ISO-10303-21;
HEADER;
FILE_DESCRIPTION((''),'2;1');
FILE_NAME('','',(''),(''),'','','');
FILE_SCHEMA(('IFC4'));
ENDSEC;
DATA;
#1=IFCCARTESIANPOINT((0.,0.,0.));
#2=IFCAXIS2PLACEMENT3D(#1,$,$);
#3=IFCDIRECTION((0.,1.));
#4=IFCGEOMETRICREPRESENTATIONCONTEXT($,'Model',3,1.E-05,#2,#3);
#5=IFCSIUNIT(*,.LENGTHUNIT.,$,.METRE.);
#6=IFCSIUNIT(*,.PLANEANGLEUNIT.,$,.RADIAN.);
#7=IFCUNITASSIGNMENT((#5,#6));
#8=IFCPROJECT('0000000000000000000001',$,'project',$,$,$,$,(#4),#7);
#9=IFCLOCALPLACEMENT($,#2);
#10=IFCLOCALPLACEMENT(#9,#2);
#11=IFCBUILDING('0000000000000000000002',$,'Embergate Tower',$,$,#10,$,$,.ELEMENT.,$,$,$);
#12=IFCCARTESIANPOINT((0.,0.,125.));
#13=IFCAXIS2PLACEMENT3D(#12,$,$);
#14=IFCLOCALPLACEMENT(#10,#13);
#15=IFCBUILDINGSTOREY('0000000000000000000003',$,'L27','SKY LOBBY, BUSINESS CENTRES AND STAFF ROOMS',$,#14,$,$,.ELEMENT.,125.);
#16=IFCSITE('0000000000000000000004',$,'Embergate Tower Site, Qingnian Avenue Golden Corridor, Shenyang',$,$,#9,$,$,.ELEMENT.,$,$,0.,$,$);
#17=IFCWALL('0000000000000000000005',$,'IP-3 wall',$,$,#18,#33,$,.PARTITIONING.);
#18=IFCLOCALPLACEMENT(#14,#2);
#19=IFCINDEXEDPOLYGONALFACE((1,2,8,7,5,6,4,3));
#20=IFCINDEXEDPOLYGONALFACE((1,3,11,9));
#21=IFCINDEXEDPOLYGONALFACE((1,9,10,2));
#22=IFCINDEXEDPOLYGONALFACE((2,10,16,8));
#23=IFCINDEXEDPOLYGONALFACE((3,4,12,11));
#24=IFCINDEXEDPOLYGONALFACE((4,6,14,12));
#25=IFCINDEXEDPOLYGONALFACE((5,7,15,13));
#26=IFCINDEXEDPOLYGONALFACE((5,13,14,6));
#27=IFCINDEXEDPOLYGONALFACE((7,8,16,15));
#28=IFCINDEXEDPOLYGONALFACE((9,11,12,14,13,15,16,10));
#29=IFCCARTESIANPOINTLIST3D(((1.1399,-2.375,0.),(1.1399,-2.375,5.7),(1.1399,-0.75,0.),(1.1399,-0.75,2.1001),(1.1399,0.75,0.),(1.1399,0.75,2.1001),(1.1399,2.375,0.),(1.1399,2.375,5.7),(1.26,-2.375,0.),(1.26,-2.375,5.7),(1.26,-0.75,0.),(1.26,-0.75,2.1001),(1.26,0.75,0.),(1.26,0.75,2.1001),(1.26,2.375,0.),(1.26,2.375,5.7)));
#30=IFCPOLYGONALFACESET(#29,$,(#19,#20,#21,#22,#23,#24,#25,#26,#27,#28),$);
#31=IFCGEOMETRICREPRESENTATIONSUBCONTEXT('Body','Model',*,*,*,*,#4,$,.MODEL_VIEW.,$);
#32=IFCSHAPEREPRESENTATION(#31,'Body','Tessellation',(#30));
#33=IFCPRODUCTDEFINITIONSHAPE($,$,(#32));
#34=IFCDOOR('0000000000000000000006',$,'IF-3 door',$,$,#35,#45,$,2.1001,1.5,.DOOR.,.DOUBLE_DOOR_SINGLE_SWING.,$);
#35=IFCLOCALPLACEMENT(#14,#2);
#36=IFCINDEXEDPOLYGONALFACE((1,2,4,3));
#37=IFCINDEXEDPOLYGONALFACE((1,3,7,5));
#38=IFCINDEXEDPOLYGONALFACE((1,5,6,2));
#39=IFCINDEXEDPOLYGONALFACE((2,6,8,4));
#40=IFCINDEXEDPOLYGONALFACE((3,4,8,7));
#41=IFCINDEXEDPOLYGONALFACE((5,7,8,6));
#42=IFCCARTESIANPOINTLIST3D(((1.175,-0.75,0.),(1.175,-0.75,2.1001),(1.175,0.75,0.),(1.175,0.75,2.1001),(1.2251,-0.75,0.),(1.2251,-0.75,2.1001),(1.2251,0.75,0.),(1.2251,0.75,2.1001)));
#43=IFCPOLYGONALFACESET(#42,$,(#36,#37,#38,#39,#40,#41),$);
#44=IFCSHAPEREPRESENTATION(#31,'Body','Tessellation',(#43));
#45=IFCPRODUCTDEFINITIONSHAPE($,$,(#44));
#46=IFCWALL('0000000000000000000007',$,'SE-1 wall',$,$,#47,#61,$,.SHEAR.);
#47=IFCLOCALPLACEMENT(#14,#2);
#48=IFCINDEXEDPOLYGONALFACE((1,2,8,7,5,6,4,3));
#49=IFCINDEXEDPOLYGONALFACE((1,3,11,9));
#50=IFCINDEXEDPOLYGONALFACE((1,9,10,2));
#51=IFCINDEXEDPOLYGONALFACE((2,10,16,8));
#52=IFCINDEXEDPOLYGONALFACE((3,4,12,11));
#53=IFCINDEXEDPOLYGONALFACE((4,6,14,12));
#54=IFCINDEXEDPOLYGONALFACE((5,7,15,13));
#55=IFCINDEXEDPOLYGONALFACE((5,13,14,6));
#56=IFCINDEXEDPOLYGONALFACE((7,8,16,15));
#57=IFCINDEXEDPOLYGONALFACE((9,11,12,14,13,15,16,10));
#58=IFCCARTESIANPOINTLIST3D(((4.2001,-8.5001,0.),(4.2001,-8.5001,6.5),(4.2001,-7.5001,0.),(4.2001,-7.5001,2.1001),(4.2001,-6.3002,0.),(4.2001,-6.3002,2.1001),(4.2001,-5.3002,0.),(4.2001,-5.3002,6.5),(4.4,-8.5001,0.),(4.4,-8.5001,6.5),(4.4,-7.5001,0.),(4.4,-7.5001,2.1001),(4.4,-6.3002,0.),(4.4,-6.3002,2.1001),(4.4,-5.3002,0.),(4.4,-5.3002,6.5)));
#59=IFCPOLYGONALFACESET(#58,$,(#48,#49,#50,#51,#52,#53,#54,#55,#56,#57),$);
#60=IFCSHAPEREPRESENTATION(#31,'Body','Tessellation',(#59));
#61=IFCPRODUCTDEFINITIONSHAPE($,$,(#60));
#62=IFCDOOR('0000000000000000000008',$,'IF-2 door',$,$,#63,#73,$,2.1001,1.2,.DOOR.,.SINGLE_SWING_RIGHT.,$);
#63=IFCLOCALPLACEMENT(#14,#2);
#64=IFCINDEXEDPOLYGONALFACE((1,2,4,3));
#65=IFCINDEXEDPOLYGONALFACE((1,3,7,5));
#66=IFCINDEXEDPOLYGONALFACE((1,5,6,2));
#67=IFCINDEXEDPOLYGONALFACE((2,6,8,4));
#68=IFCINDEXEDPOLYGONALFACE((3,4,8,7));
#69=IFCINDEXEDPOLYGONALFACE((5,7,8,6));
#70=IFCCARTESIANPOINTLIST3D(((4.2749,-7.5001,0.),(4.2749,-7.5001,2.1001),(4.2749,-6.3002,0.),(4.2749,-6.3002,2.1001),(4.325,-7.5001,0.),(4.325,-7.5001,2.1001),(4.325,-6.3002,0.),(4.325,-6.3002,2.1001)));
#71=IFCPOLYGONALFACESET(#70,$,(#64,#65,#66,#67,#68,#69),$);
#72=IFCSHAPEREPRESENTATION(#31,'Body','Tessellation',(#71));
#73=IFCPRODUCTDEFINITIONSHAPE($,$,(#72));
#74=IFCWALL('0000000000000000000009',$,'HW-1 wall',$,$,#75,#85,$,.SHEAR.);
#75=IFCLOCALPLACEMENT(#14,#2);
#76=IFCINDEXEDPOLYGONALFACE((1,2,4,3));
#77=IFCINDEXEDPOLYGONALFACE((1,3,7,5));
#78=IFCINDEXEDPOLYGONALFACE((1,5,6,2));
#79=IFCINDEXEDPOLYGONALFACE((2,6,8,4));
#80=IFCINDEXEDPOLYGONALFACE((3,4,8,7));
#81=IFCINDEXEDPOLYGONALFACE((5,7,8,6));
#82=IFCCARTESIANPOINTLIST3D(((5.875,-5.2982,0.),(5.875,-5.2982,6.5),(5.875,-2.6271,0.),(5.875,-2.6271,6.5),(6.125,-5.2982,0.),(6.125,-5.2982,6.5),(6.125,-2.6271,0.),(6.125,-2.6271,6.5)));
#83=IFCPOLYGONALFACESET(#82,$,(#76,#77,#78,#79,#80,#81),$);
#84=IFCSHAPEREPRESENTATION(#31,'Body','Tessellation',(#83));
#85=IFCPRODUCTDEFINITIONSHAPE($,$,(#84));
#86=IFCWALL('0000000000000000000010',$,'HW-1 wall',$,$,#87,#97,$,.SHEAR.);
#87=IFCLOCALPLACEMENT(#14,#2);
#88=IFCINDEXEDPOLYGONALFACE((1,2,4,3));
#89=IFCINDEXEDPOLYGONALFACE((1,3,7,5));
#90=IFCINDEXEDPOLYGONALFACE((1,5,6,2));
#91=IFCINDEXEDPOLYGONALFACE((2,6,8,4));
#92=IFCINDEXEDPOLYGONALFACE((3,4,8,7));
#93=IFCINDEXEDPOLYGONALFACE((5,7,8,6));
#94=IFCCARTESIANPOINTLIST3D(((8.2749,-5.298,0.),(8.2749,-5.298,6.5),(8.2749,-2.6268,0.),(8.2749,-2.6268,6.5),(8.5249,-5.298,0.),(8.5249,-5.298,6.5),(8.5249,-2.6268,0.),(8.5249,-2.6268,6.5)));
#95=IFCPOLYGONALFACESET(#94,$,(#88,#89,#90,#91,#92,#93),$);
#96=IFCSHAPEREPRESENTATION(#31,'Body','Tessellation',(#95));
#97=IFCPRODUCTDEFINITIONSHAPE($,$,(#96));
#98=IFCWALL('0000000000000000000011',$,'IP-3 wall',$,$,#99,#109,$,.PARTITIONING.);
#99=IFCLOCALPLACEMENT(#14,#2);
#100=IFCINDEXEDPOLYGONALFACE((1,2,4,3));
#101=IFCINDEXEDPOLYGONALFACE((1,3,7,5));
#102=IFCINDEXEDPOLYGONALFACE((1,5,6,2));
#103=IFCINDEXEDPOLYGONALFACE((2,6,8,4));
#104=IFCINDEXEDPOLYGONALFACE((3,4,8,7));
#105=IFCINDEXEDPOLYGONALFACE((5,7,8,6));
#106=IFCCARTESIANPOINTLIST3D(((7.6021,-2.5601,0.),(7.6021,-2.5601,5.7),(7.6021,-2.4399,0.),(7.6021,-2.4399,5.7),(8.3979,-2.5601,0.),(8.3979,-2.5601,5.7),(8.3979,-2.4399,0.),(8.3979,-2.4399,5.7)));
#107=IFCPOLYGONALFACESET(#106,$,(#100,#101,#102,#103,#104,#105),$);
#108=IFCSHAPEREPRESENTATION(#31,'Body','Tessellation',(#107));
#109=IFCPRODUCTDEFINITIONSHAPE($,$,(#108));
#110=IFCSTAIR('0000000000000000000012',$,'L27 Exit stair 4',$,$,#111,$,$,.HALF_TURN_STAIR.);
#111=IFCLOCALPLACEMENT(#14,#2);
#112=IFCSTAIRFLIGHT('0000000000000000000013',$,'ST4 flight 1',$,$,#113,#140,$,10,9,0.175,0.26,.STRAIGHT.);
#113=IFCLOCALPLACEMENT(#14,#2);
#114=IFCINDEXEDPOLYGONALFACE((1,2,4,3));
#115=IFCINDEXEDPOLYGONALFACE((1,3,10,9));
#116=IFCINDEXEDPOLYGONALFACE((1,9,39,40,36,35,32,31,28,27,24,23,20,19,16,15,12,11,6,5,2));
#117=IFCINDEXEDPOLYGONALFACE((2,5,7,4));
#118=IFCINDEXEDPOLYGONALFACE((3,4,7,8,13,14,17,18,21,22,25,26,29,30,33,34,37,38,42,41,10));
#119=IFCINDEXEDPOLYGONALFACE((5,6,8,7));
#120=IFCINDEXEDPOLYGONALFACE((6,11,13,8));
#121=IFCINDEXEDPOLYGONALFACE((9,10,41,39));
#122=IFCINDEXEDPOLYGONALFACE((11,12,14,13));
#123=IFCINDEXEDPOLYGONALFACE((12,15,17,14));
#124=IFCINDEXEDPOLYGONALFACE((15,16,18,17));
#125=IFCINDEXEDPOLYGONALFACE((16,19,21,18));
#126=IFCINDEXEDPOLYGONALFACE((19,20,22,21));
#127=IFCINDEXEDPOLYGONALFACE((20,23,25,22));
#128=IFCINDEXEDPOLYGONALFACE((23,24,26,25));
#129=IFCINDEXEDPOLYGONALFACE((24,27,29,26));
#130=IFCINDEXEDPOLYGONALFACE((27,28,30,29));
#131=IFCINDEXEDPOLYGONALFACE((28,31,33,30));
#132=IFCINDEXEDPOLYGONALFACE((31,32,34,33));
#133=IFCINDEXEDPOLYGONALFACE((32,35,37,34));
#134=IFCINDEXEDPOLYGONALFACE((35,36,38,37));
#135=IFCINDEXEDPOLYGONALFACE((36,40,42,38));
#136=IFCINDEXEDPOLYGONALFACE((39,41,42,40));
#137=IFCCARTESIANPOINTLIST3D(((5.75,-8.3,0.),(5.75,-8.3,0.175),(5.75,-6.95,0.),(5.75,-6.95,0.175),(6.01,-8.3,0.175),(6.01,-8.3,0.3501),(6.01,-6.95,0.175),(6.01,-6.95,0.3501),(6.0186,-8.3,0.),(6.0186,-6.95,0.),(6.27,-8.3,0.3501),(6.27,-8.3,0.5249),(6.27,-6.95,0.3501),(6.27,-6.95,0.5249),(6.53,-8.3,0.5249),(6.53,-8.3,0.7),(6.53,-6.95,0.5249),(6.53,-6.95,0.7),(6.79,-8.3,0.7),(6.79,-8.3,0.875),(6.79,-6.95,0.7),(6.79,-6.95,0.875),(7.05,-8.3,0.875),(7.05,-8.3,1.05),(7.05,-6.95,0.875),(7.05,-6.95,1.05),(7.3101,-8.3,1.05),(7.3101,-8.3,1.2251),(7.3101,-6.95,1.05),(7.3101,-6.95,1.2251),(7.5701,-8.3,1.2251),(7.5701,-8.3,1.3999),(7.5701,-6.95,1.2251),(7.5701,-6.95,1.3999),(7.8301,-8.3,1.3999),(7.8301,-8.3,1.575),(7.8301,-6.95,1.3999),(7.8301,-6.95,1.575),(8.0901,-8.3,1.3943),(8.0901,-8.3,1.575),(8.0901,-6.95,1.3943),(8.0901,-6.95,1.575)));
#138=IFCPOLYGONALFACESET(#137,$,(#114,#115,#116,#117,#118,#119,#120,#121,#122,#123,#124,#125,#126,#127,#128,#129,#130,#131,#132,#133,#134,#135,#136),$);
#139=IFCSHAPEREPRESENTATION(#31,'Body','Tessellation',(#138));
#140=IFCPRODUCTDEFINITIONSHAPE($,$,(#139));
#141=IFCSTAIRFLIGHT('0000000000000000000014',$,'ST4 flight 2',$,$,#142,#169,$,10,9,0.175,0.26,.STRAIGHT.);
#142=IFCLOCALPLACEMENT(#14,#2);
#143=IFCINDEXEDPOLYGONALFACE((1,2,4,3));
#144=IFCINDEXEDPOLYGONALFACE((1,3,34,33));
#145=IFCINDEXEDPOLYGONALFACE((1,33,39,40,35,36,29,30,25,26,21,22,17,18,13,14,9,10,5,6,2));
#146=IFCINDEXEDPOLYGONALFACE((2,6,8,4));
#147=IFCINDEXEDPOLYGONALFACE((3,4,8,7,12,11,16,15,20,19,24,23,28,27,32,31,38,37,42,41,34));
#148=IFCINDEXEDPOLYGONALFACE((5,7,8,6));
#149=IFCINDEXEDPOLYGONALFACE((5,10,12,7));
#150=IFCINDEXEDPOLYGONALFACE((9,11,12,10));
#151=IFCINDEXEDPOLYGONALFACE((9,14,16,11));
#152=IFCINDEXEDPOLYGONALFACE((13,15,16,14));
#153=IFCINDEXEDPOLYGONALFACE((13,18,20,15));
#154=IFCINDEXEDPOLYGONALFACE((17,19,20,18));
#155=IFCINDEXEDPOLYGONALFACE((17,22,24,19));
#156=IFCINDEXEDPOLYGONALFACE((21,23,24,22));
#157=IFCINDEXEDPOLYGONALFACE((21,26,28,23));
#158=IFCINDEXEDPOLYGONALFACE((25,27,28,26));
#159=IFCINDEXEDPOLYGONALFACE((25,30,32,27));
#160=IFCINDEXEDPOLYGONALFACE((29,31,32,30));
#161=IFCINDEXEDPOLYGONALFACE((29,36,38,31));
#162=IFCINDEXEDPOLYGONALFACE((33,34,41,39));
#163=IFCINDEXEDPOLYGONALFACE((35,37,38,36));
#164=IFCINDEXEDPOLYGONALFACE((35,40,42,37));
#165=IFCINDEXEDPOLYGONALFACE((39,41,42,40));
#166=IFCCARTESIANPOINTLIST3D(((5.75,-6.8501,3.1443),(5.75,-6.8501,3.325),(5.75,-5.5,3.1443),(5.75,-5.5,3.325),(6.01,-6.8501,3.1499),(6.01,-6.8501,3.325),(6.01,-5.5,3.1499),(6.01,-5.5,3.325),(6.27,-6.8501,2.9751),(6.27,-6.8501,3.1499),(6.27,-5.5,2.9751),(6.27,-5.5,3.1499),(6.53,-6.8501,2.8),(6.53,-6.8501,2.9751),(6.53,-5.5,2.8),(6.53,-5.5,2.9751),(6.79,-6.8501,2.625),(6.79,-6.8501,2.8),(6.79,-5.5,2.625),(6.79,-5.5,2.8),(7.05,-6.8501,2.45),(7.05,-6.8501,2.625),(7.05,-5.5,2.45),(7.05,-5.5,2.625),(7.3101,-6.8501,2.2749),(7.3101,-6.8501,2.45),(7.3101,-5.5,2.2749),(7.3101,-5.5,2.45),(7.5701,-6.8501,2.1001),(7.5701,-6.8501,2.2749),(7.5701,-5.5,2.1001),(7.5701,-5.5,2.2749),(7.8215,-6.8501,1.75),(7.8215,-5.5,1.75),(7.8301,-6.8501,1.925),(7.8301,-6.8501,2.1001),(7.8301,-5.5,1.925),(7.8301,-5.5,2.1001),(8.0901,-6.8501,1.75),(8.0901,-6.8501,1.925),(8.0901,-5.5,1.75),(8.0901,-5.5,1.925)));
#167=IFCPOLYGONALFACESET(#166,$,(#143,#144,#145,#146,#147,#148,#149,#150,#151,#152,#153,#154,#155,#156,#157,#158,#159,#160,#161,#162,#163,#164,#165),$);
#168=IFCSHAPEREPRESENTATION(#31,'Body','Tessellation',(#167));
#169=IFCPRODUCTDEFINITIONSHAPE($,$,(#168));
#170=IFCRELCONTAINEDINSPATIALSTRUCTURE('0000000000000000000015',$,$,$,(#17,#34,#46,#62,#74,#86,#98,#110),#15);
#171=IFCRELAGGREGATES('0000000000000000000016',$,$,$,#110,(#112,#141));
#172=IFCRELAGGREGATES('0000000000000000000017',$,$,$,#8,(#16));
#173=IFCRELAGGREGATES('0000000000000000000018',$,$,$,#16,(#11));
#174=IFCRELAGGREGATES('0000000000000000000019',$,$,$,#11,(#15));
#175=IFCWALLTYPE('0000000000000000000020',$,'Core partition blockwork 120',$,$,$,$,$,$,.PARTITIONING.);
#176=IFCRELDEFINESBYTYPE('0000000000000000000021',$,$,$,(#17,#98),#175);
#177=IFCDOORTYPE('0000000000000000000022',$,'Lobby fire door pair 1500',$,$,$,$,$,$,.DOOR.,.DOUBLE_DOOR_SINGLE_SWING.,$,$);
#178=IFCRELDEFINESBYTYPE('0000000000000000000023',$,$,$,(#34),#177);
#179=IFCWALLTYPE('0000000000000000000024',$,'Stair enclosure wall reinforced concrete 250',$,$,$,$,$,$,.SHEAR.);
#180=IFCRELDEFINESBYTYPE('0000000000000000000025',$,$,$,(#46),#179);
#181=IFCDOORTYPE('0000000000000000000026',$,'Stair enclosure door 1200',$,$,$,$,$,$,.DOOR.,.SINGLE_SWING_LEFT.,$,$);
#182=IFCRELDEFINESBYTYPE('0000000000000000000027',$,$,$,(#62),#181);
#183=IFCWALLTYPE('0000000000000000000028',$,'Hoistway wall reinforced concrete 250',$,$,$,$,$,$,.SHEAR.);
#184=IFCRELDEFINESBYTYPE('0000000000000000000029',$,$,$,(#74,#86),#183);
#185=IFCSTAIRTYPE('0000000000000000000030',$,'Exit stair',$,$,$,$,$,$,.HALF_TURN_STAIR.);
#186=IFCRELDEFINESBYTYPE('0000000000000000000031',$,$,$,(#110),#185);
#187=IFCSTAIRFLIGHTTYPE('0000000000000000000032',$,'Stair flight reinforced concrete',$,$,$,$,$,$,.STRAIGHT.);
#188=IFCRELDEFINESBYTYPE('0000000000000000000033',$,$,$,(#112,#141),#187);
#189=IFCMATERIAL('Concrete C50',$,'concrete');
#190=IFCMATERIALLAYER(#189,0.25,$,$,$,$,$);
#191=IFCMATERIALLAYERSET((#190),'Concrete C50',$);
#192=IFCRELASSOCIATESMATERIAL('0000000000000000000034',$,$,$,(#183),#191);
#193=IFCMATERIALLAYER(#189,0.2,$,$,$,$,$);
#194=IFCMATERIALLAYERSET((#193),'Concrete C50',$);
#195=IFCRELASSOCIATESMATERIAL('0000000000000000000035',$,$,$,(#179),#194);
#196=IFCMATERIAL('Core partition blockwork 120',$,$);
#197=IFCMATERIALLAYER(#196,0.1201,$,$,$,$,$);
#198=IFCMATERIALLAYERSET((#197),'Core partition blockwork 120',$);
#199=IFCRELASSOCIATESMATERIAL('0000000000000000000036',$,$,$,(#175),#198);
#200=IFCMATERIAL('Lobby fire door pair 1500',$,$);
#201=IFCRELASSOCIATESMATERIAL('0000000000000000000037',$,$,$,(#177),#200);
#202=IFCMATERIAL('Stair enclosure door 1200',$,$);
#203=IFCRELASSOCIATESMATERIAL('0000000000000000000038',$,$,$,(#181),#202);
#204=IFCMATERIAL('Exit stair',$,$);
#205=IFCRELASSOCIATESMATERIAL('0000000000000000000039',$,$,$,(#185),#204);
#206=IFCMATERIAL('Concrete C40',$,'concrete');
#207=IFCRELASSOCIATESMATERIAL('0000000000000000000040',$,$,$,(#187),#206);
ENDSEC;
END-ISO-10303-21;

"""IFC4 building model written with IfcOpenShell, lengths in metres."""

from ifc_helpers import new_model, si_unit, direction, frame, frame_2d, origin, place, context, subcontext, project, spatial, polyline, rectangle, outline, extrude, source, transform, mapped, material, layer, layer_set, type_object, element, fill, aggregate, save


model = new_model("IFC4")

# Units and contexts
model_context = context("Model", 3, precision=1e-05, world=origin(), true_north=direction((0.0, 1.0)))
body_context = subcontext(model_context, "Body", "Model", "MODEL_VIEW")
ifc_project = project(units=[si_unit("LENGTHUNIT", "METRE"), si_unit("PLANEANGLEUNIT", "RADIAN")], contexts=[model_context])

# Site, building, storey
site_placement = place(None, origin())
site = spatial("IfcSite", under=ifc_project, at=site_placement, Name="Embergate Tower Site, Qingnian Avenue Golden Corridor, Shenyang", CompositionType="ELEMENT", RefElevation=0.0)
building_placement = place(site_placement, origin())
building = spatial("IfcBuilding", under=site, at=building_placement, Name="Embergate Tower", CompositionType="ELEMENT")
storey_placement = place(building_placement, frame((0.0, 0.0, 125.0)))
storey = spatial("IfcBuildingStorey", under=building, at=storey_placement, Name="L27", Description="SKY LOBBY, BUSINESS CENTRES AND STAFF ROOMS", CompositionType="ELEMENT", Elevation=125.0)

# Shared definitions
ifc_material_1 = material(Name="Concrete C50", Category="concrete")
ifc_layer_1 = layer(ifc_material_1, 0.25)
ifc_layer_set_1 = layer_set([ifc_layer_1], Name="Concrete C50")
wall_type_1 = type_object("IfcWallType", Name="Hoistway wall reinforced concrete 250", PredefinedType="SHEAR", material=ifc_layer_set_1)

# Shared definitions
ifc_layer_2 = layer(ifc_material_1, 0.2)
ifc_layer_set_2 = layer_set([ifc_layer_2], Name="Concrete C50")
wall_type_2 = type_object("IfcWallType", Name="Stair enclosure wall reinforced concrete 250", PredefinedType="SHEAR", material=ifc_layer_set_2)

# Walls, openings, doors
ifc_material_2 = material(Name="Core partition blockwork 120")
ifc_layer_3 = layer(ifc_material_2, 0.1201)
ifc_layer_set_3 = layer_set([ifc_layer_3], Name="Core partition blockwork 120")
wall_type_3 = type_object("IfcWallType", Name="Core partition blockwork 120", PredefinedType="PARTITIONING", material=ifc_layer_set_3)
shared_shape_1 = source(origin(), body_context, "Body", "SweptSolid", [
    extrude(rectangle(XDim=4.75, YDim=0.1201, at=frame_2d((2.375, 0.0))), origin(), (0.0, 0.0, 1.0), 5.7),
])
wall_1_placement = place(storey_placement, frame((1.2, -2.375, 0.0), z_axis=(0.0, 0.0, 1.0), x_axis=(0.0, 1.0, 0.0)))
wall_1 = element("IfcWall", 1, at=wall_1_placement, inside=storey, type_object=wall_type_3, Name="IP-3 wall", PredefinedType="PARTITIONING", context=body_context, shape_type="MappedRepresentation", body=[
    mapped(shared_shape_1, transform((0.0, 0.0, 0.0))),
])
shared_shape_2 = source(origin(), body_context, "Body", "SweptSolid", [
    extrude(rectangle(XDim=1.5, YDim=2.1001, at=frame_2d((0.75, 1.05))), frame((0.0, 0.0701, 0.0), z_axis=(0.0, -1.0, 0.0), x_axis=(1.0, 0.0, 0.0)), (0.0, 0.0, 1.0), 0.1401),
])
opening_1_placement = place(wall_1_placement, frame((1.625, 0.0, 0.0)))
opening_1 = element("IfcOpeningElement", 2, at=opening_1_placement, cuts=wall_1, PredefinedType="OPENING", context=body_context, shape_type="MappedRepresentation", body=[
    mapped(shared_shape_2, transform((0.0, 0.0, 0.0))),
])
ifc_material_3 = material(Name="Lobby fire door pair 1500")
door_type_1 = type_object("IfcDoorType", Name="Lobby fire door pair 1500", OperationType="DOUBLE_DOOR_SINGLE_SWING", PredefinedType="DOOR", material=ifc_material_3)
shared_shape_3 = source(origin(), body_context, "Body", "SweptSolid", [
    extrude(rectangle(XDim=1.5, YDim=2.1001, at=frame_2d((0.75, 1.05))), frame((0.0, 0.0249, 0.0), z_axis=(0.0, -1.0, 0.0), x_axis=(1.0, 0.0, 0.0)), (0.0, 0.0, 1.0), 0.05),
])
door_1_placement = place(opening_1_placement, origin())
door_1 = element("IfcDoor", 3, at=door_1_placement, inside=storey, type_object=door_type_1, Name="IF-3 door", OperationType="DOUBLE_DOOR_SINGLE_SWING", OverallHeight=2.1001, OverallWidth=1.5, PredefinedType="DOOR", context=body_context, shape_type="MappedRepresentation", body=[
    mapped(shared_shape_3, transform((0.0, 0.0, 0.0))),
])
fill(opening_1, door_1)
shared_shape_4 = source(origin(), body_context, "Body", "SweptSolid", [
    extrude(rectangle(XDim=3.2, YDim=0.2, at=frame_2d((1.6001, 0.0))), origin(), (0.0, 0.0, 1.0), 6.5),
])
wall_2_placement = place(storey_placement, frame((4.3, -5.3, 0.0), z_axis=(0.0, 0.0, 1.0), x_axis=(0.0, -1.0, 0.0)))
wall_2 = element("IfcWall", 4, at=wall_2_placement, inside=storey, type_object=wall_type_2, Name="SE-1 wall", PredefinedType="SHEAR", context=body_context, shape_type="MappedRepresentation", body=[
    mapped(shared_shape_4, transform((0.0, 0.0, 0.0))),
])
shared_shape_5 = source(origin(), body_context, "Body", "SweptSolid", [
    extrude(rectangle(XDim=1.2, YDim=2.1001, at=frame_2d((0.6001, 1.05))), frame((0.0, 0.1099, 0.0), z_axis=(0.0, -1.0, 0.0), x_axis=(1.0, 0.0, 0.0)), (0.0, 0.0, 1.0), 0.22),
])
opening_2_placement = place(wall_2_placement, frame((1.0, 0.0, 0.0)))
opening_2 = element("IfcOpeningElement", 5, at=opening_2_placement, cuts=wall_2, PredefinedType="OPENING", context=body_context, shape_type="MappedRepresentation", body=[
    mapped(shared_shape_5, transform((0.0, 0.0, 0.0))),
])
ifc_material_4 = material(Name="Stair enclosure door 1200")
door_type_2 = type_object("IfcDoorType", Name="Stair enclosure door 1200", OperationType="SINGLE_SWING_LEFT", PredefinedType="DOOR", material=ifc_material_4)
shared_shape_6 = source(origin(), body_context, "Body", "SweptSolid", [
    extrude(rectangle(XDim=1.2, YDim=2.1001, at=frame_2d((0.6001, 1.05))), frame((0.0, 0.0249, 0.0), z_axis=(0.0, -1.0, 0.0), x_axis=(1.0, 0.0, 0.0)), (0.0, 0.0, 1.0), 0.05),
])
door_2_placement = place(opening_2_placement, origin())
door_2 = element("IfcDoor", 6, at=door_2_placement, inside=storey, type_object=door_type_2, Name="IF-2 door", OperationType="SINGLE_SWING_RIGHT", OverallHeight=2.1001, OverallWidth=1.2, PredefinedType="DOOR", context=body_context, shape_type="MappedRepresentation", body=[
    mapped(shared_shape_6, transform((0.0, 0.0, 0.0))),
])
fill(opening_2, door_2)

# Walls
shared_shape_7 = source(origin(), body_context, "Body", "SweptSolid", [
    extrude(rectangle(XDim=2.6711, YDim=0.25, at=frame_2d((1.3354, 0.0))), origin(), (0.0, 0.0, 1.0), 6.5),
])
for number, where, z_axis, x_axis, name in (
    (7, (6.0, -5.2981, 0.0), (0.0, 0.0, 1.0), (0.0, 1.0, 0.0), "HW-1 wall"),
    (8, (8.3999, -2.627, 0.0), (0.0, 0.0, 1.0), (0.0, -1.0, 0.0), "HW-1 wall"),
):
    element("IfcWall", number, at=place(storey_placement, frame(where, z_axis=z_axis, x_axis=x_axis)), inside=storey, type_object=wall_type_1, Name=name, PredefinedType="SHEAR", context=body_context, shape_type="MappedRepresentation", body=[
        mapped(shared_shape_7, transform((0.0, 0.0, 0.0))),
    ])
shared_shape_8 = source(origin(), body_context, "Body", "SweptSolid", [
    extrude(rectangle(XDim=0.7959, YDim=0.1201, at=frame_2d((0.3979, 0.0))), origin(), (0.0, 0.0, 1.0), 5.7),
])
wall_3_placement = place(storey_placement, frame((7.6021, -2.5, 0.0), z_axis=(0.0, 0.0, 1.0), x_axis=(1.0, 0.0, 0.0)))
element("IfcWall", 9, at=wall_3_placement, inside=storey, type_object=wall_type_3, Name="IP-3 wall", PredefinedType="PARTITIONING", context=body_context, shape_type="MappedRepresentation", body=[
    mapped(shared_shape_8, transform((0.0, 0.0, 0.0))),
])

# Stair, stair flights
ifc_material_5 = material(Name="Exit stair")
stair_type = type_object("IfcStairType", Name="Exit stair", PredefinedType="HALF_TURN_STAIR", material=ifc_material_5)
stair_placement = place(storey_placement, origin())
stair = element("IfcStair", 10, at=stair_placement, inside=storey, type_object=stair_type, Name="L27 Exit stair 4", PredefinedType="HALF_TURN_STAIR")
ifc_material_6 = material(Name="Concrete C40", Category="concrete")
stair_flight_type = type_object("IfcStairFlightType", Name="Stair flight reinforced concrete", PredefinedType="STRAIGHT", material=ifc_material_6)
shared_shape_9 = source(origin(), body_context, "Body", "SweptSolid", [
    extrude(outline(polyline([(0.0, 0.0), (0.0, 0.175), (0.26, 0.175), (0.26, 0.3501), (0.52, 0.3501), (0.52, 0.5249), (0.78, 0.5249), (0.78, 0.7), (1.04, 0.7), (1.04, 0.875), (1.3, 0.875), (1.3, 1.05), (1.5601, 1.05), (1.5601, 1.2251), (1.8201, 1.2251), (1.8201, 1.3999), (2.0801, 1.3999), (2.0801, 1.575), (2.3401, 1.575), (2.3401, 1.75), (2.3401, 1.3943), (0.2686, 0.0), (0.0, 0.0)])), frame((0.0, 0.675, 0.0), z_axis=(0.0, -1.0, 0.0), x_axis=(1.0, 0.0, 0.0)), (0.0, 0.0, 1.0), 1.3501),
])
stair_flight_1_placement = place(storey_placement, frame((5.75, -7.625, 0.0), z_axis=(0.0, 0.0, 1.0), x_axis=(1.0, 0.0, 0.0)))
stair_flight_1 = element("IfcStairFlight", 11, at=stair_flight_1_placement, type_object=stair_flight_type, Name="ST4 flight 1", NumberOfRisers=10, NumberOfTreads=9, PredefinedType="STRAIGHT", RiserHeight=0.175, TreadLength=0.26, context=body_context, shape_type="MappedRepresentation", body=[
    mapped(shared_shape_9, transform((0.0, 0.0, 0.0))),
])
stair_flight_2_placement = place(storey_placement, frame((8.0901, -6.175, 1.75), z_axis=(0.0, 0.0, 1.0), x_axis=(-1.0, 0.0, 0.0)))
stair_flight_2 = element("IfcStairFlight", 12, at=stair_flight_2_placement, type_object=stair_flight_type, Name="ST4 flight 2", NumberOfRisers=10, NumberOfTreads=9, PredefinedType="STRAIGHT", RiserHeight=0.175, TreadLength=0.26, context=body_context, shape_type="MappedRepresentation", body=[
    mapped(shared_shape_9, transform((0.0, 0.0, 0.0))),
])
aggregate(stair, [stair_flight_1, stair_flight_2])

save(model, "model.ifc")
